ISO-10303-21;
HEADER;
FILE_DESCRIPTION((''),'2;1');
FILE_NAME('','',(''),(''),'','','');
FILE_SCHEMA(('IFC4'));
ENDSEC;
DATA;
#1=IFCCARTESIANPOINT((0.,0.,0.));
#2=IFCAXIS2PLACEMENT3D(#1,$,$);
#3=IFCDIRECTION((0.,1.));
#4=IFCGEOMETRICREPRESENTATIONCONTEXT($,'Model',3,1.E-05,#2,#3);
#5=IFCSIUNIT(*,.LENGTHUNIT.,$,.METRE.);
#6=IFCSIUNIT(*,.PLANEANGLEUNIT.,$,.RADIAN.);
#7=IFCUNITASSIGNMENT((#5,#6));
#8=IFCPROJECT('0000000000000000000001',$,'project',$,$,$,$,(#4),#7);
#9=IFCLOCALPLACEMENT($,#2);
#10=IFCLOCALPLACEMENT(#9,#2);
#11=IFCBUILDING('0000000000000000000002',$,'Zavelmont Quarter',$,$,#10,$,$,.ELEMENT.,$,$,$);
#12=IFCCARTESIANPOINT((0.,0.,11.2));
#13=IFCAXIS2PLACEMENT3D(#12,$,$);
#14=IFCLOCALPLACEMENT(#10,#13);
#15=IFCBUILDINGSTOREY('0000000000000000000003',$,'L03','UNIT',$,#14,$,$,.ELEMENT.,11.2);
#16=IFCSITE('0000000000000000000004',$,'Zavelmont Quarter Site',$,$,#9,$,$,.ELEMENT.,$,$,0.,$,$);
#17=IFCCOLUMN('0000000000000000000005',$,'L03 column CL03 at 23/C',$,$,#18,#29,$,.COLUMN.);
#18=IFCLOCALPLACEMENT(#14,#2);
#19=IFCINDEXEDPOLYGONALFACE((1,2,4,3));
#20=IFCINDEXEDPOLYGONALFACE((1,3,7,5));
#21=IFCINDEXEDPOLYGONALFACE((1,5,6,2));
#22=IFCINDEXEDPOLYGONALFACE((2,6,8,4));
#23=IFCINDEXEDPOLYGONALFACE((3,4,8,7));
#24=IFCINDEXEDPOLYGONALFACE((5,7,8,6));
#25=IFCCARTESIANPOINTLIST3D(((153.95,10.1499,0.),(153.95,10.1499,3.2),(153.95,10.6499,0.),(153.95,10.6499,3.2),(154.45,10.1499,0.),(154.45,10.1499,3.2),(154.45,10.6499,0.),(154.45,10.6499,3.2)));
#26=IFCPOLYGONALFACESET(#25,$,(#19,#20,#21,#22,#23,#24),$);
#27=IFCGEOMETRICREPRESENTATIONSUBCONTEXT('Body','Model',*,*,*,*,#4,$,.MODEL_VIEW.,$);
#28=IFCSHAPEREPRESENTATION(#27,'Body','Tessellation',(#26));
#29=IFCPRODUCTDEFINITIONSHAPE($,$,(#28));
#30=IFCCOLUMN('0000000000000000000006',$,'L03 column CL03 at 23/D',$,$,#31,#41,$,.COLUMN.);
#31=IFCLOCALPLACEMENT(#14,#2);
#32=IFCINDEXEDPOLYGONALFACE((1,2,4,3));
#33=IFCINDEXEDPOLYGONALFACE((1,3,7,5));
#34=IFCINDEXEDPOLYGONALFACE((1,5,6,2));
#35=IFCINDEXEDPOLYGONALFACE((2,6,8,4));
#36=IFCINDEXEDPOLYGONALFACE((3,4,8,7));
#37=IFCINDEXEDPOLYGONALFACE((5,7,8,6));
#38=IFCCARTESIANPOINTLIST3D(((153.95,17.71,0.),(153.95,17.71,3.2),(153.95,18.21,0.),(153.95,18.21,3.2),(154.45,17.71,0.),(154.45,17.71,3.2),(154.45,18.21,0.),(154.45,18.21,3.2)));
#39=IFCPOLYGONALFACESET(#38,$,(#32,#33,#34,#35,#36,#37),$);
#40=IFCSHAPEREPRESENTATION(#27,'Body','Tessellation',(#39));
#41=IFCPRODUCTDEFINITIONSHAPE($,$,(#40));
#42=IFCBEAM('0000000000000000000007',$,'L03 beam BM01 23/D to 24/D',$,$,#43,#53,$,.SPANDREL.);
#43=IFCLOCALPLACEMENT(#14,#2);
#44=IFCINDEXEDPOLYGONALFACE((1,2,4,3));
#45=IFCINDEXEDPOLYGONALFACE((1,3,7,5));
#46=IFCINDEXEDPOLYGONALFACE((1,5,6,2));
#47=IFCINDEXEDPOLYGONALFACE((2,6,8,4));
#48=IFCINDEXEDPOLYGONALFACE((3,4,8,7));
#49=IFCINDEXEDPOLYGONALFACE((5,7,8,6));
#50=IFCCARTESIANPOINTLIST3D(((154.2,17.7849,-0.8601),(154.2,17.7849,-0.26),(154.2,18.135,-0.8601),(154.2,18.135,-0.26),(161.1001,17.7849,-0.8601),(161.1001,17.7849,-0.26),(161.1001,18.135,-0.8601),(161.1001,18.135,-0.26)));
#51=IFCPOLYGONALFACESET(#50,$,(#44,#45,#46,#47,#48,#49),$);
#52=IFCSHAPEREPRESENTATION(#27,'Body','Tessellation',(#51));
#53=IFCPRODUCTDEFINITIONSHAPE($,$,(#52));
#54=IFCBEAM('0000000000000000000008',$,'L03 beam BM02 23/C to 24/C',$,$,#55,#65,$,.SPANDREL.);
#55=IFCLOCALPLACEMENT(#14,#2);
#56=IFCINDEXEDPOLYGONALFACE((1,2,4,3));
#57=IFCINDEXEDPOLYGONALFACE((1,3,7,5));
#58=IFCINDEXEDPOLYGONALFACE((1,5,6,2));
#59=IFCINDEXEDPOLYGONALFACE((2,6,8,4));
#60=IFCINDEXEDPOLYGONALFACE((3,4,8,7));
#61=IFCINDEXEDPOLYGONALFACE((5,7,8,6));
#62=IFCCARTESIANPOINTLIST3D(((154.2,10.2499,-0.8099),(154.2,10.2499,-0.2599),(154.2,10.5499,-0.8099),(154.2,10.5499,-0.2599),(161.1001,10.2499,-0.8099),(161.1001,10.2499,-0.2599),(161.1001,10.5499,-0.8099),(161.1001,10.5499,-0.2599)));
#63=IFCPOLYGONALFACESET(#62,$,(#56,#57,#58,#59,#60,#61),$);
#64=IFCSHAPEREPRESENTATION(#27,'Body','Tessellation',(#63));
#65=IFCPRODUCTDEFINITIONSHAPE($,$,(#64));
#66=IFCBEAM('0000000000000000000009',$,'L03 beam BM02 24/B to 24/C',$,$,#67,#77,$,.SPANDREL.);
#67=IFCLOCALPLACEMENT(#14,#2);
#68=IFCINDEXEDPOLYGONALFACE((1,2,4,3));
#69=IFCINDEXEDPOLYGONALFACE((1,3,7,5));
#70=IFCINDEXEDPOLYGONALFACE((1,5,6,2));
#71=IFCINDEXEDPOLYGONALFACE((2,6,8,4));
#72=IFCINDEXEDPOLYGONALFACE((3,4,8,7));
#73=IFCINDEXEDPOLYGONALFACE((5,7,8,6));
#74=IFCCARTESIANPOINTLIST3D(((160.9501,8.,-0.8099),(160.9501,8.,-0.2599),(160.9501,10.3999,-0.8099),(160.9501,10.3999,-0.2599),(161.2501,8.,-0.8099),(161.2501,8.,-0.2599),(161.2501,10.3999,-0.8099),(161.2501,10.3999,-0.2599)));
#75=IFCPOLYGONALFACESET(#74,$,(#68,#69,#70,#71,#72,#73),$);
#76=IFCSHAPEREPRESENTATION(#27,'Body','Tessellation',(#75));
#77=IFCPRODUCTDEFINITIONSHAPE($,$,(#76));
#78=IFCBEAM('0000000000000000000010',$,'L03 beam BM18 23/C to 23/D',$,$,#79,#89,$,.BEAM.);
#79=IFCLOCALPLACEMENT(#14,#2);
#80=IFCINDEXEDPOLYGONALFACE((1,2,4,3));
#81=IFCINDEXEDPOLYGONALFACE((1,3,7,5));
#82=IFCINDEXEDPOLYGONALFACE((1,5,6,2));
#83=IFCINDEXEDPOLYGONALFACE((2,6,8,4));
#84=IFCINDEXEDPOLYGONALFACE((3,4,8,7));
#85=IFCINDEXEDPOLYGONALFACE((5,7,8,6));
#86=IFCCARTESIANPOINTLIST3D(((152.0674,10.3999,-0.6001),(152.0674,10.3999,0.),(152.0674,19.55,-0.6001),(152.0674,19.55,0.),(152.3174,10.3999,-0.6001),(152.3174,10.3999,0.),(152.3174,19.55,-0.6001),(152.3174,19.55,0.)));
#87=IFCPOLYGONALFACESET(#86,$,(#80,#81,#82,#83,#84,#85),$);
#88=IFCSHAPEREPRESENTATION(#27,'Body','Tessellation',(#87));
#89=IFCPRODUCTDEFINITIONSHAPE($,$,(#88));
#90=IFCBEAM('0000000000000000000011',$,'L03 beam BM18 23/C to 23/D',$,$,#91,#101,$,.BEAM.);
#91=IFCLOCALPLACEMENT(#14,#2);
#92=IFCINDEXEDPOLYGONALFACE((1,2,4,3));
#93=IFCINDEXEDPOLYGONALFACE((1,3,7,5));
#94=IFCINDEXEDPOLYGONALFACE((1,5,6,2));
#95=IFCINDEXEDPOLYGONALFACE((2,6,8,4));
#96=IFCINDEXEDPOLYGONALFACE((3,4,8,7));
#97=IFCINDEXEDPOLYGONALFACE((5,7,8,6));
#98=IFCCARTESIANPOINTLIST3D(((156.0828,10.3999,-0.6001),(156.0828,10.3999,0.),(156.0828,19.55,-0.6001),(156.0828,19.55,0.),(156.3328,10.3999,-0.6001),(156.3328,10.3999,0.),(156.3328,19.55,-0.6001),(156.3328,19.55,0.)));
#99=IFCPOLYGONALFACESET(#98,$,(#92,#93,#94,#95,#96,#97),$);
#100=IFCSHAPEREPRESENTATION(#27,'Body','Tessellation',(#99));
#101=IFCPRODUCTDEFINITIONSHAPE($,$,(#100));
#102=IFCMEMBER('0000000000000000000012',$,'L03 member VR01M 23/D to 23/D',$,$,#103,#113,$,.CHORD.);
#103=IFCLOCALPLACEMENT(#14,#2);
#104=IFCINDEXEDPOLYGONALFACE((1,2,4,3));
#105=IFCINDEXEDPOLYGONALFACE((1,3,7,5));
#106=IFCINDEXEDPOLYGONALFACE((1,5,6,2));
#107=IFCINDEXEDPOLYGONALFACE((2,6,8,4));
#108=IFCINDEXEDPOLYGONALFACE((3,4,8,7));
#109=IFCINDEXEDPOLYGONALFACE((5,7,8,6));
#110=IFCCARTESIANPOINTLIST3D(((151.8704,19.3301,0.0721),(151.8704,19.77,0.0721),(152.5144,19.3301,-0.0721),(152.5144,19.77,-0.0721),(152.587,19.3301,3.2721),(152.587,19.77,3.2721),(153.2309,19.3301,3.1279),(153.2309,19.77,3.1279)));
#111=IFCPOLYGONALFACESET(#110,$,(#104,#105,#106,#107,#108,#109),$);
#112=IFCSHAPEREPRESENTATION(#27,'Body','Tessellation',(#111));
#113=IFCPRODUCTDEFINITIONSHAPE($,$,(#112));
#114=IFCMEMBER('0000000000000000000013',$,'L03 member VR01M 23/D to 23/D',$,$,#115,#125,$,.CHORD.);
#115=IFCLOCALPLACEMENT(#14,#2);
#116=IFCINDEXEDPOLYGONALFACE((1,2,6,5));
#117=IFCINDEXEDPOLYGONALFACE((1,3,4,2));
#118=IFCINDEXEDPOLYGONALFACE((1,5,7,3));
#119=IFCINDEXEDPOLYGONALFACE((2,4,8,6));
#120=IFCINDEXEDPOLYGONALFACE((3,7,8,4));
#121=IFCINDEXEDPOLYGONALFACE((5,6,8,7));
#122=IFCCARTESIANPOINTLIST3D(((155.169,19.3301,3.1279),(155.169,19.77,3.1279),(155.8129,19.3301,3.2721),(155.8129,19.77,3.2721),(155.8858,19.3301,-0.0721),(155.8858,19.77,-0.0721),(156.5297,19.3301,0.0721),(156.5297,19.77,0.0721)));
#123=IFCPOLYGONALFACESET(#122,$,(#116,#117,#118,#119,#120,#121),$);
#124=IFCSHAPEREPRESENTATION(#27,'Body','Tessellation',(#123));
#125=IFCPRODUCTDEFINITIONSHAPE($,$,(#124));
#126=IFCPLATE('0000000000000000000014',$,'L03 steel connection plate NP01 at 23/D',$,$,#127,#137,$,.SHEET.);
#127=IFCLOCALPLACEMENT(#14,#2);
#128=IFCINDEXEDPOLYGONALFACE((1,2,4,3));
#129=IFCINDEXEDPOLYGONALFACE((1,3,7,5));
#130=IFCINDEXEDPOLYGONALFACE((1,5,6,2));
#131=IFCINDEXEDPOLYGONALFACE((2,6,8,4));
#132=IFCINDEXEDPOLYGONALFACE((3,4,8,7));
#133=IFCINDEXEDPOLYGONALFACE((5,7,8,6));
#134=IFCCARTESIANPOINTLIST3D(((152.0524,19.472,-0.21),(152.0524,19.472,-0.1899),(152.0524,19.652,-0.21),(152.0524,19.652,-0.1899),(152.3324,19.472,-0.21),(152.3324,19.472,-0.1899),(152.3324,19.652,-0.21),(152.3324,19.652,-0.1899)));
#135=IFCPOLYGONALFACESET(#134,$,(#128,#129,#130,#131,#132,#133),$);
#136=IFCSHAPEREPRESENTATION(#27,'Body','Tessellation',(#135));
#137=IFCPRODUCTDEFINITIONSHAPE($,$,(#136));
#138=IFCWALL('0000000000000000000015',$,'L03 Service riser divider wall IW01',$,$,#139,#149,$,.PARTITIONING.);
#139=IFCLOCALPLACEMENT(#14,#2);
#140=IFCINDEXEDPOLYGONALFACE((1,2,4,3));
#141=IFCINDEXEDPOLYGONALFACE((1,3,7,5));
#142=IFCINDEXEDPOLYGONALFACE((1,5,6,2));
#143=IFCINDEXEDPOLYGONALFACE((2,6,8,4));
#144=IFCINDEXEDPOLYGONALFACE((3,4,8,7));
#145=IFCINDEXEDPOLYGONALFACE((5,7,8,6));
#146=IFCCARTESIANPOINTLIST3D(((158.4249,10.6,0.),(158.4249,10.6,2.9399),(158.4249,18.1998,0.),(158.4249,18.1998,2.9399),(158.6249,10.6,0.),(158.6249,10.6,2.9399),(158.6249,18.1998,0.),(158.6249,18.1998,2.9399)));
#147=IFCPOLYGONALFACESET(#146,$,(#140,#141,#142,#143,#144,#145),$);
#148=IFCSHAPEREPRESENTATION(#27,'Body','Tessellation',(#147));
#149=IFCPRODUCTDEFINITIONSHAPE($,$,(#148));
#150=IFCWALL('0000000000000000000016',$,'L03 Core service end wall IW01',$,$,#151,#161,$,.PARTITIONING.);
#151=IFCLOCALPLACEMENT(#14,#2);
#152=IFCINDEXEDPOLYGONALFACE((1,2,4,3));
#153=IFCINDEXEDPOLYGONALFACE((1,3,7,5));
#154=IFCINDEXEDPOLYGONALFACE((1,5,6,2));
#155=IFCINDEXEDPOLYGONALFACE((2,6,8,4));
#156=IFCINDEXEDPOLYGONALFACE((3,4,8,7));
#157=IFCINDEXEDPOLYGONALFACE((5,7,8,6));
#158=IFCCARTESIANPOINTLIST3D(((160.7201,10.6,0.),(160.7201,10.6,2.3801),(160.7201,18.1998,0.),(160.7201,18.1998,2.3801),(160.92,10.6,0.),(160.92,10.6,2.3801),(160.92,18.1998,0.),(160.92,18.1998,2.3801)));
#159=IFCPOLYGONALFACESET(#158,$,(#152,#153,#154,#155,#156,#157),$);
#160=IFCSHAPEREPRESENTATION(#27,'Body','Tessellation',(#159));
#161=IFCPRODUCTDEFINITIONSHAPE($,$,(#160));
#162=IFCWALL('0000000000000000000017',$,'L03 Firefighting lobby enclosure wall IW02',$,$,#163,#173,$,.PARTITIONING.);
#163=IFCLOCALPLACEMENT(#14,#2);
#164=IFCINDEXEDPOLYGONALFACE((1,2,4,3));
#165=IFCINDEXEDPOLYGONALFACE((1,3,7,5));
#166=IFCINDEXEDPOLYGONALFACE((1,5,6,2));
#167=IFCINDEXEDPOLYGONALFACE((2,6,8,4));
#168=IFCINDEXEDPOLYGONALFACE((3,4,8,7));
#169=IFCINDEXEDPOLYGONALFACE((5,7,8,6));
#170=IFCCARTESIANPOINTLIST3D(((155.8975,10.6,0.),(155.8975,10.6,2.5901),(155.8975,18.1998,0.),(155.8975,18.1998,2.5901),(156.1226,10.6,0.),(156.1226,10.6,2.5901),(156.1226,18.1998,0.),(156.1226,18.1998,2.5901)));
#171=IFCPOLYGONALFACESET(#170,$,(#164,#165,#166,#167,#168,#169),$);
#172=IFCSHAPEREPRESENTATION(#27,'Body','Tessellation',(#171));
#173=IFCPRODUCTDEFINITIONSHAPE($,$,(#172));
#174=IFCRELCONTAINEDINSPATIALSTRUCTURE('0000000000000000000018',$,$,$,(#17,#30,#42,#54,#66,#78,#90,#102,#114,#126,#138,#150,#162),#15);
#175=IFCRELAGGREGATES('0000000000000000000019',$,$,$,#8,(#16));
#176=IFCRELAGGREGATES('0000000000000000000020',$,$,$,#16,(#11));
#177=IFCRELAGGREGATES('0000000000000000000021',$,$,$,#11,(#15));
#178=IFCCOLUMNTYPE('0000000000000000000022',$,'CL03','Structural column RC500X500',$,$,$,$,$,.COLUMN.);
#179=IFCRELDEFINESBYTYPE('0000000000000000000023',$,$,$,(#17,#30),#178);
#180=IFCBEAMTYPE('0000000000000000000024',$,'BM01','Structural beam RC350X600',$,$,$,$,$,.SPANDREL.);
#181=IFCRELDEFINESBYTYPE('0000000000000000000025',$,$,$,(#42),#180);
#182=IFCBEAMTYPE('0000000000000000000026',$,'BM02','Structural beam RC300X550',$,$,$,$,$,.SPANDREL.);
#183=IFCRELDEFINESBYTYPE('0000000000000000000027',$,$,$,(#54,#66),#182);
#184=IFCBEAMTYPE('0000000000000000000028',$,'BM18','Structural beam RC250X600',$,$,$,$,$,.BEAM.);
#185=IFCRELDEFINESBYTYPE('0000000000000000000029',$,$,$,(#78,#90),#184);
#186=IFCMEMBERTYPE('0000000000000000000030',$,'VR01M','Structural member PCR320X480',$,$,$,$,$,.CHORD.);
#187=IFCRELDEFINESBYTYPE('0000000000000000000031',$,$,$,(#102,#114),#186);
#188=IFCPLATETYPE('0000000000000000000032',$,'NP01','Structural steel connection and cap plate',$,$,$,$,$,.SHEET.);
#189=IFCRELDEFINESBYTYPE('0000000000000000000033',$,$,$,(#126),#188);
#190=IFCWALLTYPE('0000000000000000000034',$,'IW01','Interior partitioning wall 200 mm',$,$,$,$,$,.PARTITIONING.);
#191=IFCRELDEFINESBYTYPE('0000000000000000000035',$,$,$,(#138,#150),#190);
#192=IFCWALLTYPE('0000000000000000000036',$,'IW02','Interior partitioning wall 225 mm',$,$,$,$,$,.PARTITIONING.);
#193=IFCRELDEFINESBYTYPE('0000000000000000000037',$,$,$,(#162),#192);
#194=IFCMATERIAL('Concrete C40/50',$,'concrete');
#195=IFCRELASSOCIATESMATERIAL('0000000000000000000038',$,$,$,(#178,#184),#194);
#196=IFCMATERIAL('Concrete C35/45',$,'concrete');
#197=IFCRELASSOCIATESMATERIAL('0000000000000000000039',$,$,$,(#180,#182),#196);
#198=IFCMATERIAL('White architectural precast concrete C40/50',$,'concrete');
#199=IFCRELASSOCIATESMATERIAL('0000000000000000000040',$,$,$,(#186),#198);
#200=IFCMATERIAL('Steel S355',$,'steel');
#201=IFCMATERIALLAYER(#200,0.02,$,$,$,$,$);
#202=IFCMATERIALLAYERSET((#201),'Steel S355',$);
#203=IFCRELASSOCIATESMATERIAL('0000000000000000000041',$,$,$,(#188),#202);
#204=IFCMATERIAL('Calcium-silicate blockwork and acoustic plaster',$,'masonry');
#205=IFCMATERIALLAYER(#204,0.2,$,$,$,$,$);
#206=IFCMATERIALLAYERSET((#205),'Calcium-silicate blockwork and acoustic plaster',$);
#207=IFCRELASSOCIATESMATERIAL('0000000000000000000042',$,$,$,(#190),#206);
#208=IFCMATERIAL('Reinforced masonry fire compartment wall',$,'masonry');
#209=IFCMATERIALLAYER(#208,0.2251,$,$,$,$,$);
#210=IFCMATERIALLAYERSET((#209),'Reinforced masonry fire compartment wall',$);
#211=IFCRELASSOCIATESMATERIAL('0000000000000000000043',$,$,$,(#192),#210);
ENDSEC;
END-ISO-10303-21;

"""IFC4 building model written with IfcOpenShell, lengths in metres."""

from ifc_helpers import new_model, si_unit, direction, frame, frame_2d, origin, origin_2d, place, context, subcontext, project, spatial, rectangle, extrude, material, layer, layer_set, material_profile, profile_set, type_object, element, save


model = new_model("IFC4")

# Units and contexts
model_context = context("Model", 3, precision=1e-05, world=origin(), true_north=direction((0.0, 1.0)))
body_context = subcontext(model_context, "Body", "Model", "MODEL_VIEW")
ifc_project = project(units=[si_unit("LENGTHUNIT", "METRE"), si_unit("PLANEANGLEUNIT", "RADIAN")], contexts=[model_context])

# Site, building, storey
site_placement = place(None, origin())
site = spatial("IfcSite", under=ifc_project, at=site_placement, Name="Zavelmont Quarter Site", CompositionType="ELEMENT", RefElevation=0.0)
building_placement = place(site_placement, origin())
building = spatial("IfcBuilding", under=site, at=building_placement, Name="Zavelmont Quarter", CompositionType="ELEMENT")
storey_placement = place(building_placement, frame((0.0, 0.0, 11.2)))
storey = spatial("IfcBuildingStorey", under=building, at=storey_placement, Name="L03", Description="UNIT", CompositionType="ELEMENT", Elevation=11.2)

# Columns
ifc_material_1 = material(Name="Concrete C40/50", Category="concrete")
ifc_material_profile_1 = material_profile(ifc_material_1, rectangle(XDim=0.5, YDim=0.5, at=origin_2d()), Name="RC500X500")
ifc_profile_set_1 = profile_set([ifc_material_profile_1], Name="Concrete C40/50")
column_type = type_object("IfcColumnType", Name="CL03", Description="Structural column RC500X500", PredefinedType="COLUMN", material=ifc_profile_set_1)
for number, where, z_axis, x_axis, name in (
    (1, (154.2, 10.3999, 0.0), (0.0, 0.0, 1.0), (1.0, 0.0, 0.0), "L03 column CL03 at 23/C"),
    (2, (154.2, 17.96, 0.0), (0.0, 0.0, 1.0), (1.0, 0.0, 0.0), "L03 column CL03 at 23/D"),
):
    element("IfcColumn", number, at=place(storey_placement, frame(where, z_axis=z_axis, x_axis=x_axis)), inside=storey, type_object=column_type, Name=name, PredefinedType="COLUMN", context=body_context, shape_type="SweptSolid", body=[
        extrude(rectangle(XDim=0.5, YDim=0.5, at=origin_2d()), origin(), (0.0, 0.0, 1.0), 3.2),
    ])

# Beams
ifc_material_2 = material(Name="Concrete C35/45", Category="concrete")
ifc_material_profile_2 = material_profile(ifc_material_2, rectangle(XDim=0.3501, YDim=0.6001, at=origin_2d()), Name="RC350X600")
ifc_profile_set_2 = profile_set([ifc_material_profile_2], Name="Concrete C35/45")
beam_type_1 = type_object("IfcBeamType", Name="BM01", Description="Structural beam RC350X600", PredefinedType="SPANDREL", material=ifc_profile_set_2)
beam_1_placement = place(storey_placement, frame((154.2, 17.96, -0.5601), z_axis=(1.0, 0.0, 0.0), x_axis=(0.0, 1.0, 0.0)))
element("IfcBeam", 3, at=beam_1_placement, inside=storey, type_object=beam_type_1, Name="L03 beam BM01 23/D to 24/D", PredefinedType="SPANDREL", context=body_context, shape_type="SweptSolid", body=[
    extrude(rectangle(XDim=0.3501, YDim=0.6001, at=origin_2d()), origin(), (0.0, 0.0, 1.0), 6.9001),
])
ifc_material_profile_3 = material_profile(ifc_material_2, rectangle(XDim=0.3, YDim=0.55, at=origin_2d()), Name="RC300X550")
ifc_profile_set_3 = profile_set([ifc_material_profile_3], Name="Concrete C35/45")
beam_type_2 = type_object("IfcBeamType", Name="BM02", Description="Structural beam RC300X550", PredefinedType="SPANDREL", material=ifc_profile_set_3)
beam_2_placement = place(storey_placement, frame((154.2, 10.3999, -0.5349), z_axis=(1.0, 0.0, 0.0), x_axis=(0.0, 1.0, 0.0)))
element("IfcBeam", 4, at=beam_2_placement, inside=storey, type_object=beam_type_2, Name="L03 beam BM02 23/C to 24/C", PredefinedType="SPANDREL", context=body_context, shape_type="SweptSolid", body=[
    extrude(rectangle(XDim=0.3, YDim=0.55, at=origin_2d()), origin(), (0.0, 0.0, 1.0), 6.9001),
])
beam_3_placement = place(storey_placement, frame((161.1001, 8.0, -0.5349), z_axis=(0.0, 1.0, 0.0), x_axis=(-1.0, 0.0, 0.0)))
element("IfcBeam", 5, at=beam_3_placement, inside=storey, type_object=beam_type_2, Name="L03 beam BM02 24/B to 24/C", PredefinedType="SPANDREL", context=body_context, shape_type="SweptSolid", body=[
    extrude(rectangle(XDim=0.3, YDim=0.55, at=origin_2d()), origin(), (0.0, 0.0, 1.0), 2.3999),
])
ifc_material_profile_4 = material_profile(ifc_material_1, rectangle(XDim=0.25, YDim=0.6001, at=origin_2d()), Name="RC250X600")
ifc_profile_set_4 = profile_set([ifc_material_profile_4], Name="Concrete C40/50")
beam_type_3 = type_object("IfcBeamType", Name="BM18", Description="Structural beam RC250X600", PredefinedType="BEAM", material=ifc_profile_set_4)
for number, where, z_axis, x_axis, name in (
    (6, (152.1924, 10.3999, -0.3), (0.0, 1.0, 0.0), (-1.0, 0.0, 0.0), "L03 beam BM18 23/C to 23/D"),
    (7, (156.2078, 10.3999, -0.3), (0.0, 1.0, 0.0), (-1.0, 0.0, 0.0), "L03 beam BM18 23/C to 23/D"),
):
    element("IfcBeam", number, at=place(storey_placement, frame(where, z_axis=z_axis, x_axis=x_axis)), inside=storey, type_object=beam_type_3, Name=name, PredefinedType="BEAM", context=body_context, shape_type="SweptSolid", body=[
        extrude(rectangle(XDim=0.25, YDim=0.6001, at=origin_2d()), origin(), (0.0, 0.0, 1.0), 9.1501),
    ])

# Members
ifc_material_3 = material(Name="White architectural precast concrete C40/50", Category="concrete")
ifc_material_profile_5 = material_profile(ifc_material_3, rectangle(XDim=0.4399, YDim=0.6599, at=origin_2d()), Name="PCR320X480")
ifc_profile_set_5 = profile_set([ifc_material_profile_5], Name="White architectural precast concrete C40/50")
member_type = type_object("IfcMemberType", Name="VR01M", Description="Structural member PCR320X480", PredefinedType="CHORD", material=ifc_profile_set_5)
for number, where, z_axis, x_axis, name in (
    (8, (152.1924, 19.55, 0.0), (0.218515, 0.0, 0.975834), (0.0, 1.0, 0.0), "L03 member VR01M 23/D to 23/D"),
    (9, (156.2078, 19.55, 0.0), (-0.218586, 0.0, 0.975818), (0.0, -1.0, 0.0), "L03 member VR01M 23/D to 23/D"),
):
    element("IfcMember", number, at=place(storey_placement, frame(where, z_axis=z_axis, x_axis=x_axis)), inside=storey, type_object=member_type, Name=name, PredefinedType="CHORD", context=body_context, shape_type="SweptSolid", body=[
        extrude(rectangle(XDim=0.4399, YDim=0.6599, at=origin_2d()), origin(), (0.0, 0.0, 1.0), 3.2793),
    ])

# Plate
ifc_material_4 = material(Name="Steel S355", Category="steel")
ifc_layer_1 = layer(ifc_material_4, 0.02)
ifc_layer_set_1 = layer_set([ifc_layer_1], Name="Steel S355")
plate_type = type_object("IfcPlateType", Name="NP01", Description="Structural steel connection and cap plate", PredefinedType="SHEET", material=ifc_layer_set_1)
plate_placement = place(storey_placement, frame((152.1924, 19.562, -0.21), z_axis=(0.0, 0.0, 1.0), x_axis=(1.0, 0.0, 0.0)))
element("IfcPlate", 10, at=plate_placement, inside=storey, type_object=plate_type, Name="L03 steel connection plate NP01 at 23/D", PredefinedType="SHEET", context=body_context, shape_type="SweptSolid", body=[
    extrude(rectangle(XDim=0.28, YDim=0.1799, at=origin_2d()), origin(), (0.0, 0.0, 1.0), 0.02),
])

# Walls
ifc_material_5 = material(Name="Calcium-silicate blockwork and acoustic plaster", Category="masonry")
ifc_layer_2 = layer(ifc_material_5, 0.2)
ifc_layer_set_2 = layer_set([ifc_layer_2], Name="Calcium-silicate blockwork and acoustic plaster")
wall_type_1 = type_object("IfcWallType", Name="IW01", Description="Interior partitioning wall 200 mm", PredefinedType="PARTITIONING", material=ifc_layer_set_2)
wall_1_placement = place(storey_placement, frame((158.5249, 10.6001, 0.0), z_axis=(0.0, 0.0, 1.0), x_axis=(0.0, 1.0, 0.0)))
element("IfcWall", 11, at=wall_1_placement, inside=storey, type_object=wall_type_1, Name="L03 Service riser divider wall IW01", PredefinedType="PARTITIONING", context=body_context, shape_type="SweptSolid", body=[
    extrude(rectangle(XDim=7.5999, YDim=0.2, at=frame_2d((3.7998, 0.0))), origin(), (0.0, 0.0, 1.0), 2.9399),
])
wall_2_placement = place(storey_placement, frame((160.8201, 10.6001, 0.0), z_axis=(0.0, 0.0, 1.0), x_axis=(0.0, 1.0, 0.0)))
element("IfcWall", 12, at=wall_2_placement, inside=storey, type_object=wall_type_1, Name="L03 Core service end wall IW01", PredefinedType="PARTITIONING", context=body_context, shape_type="SweptSolid", body=[
    extrude(rectangle(XDim=7.5999, YDim=0.2, at=frame_2d((3.7998, 0.0))), origin(), (0.0, 0.0, 1.0), 2.3801),
])
ifc_material_6 = material(Name="Reinforced masonry fire compartment wall", Category="masonry")
ifc_layer_3 = layer(ifc_material_6, 0.2251)
ifc_layer_set_3 = layer_set([ifc_layer_3], Name="Reinforced masonry fire compartment wall")
wall_type_2 = type_object("IfcWallType", Name="IW02", Description="Interior partitioning wall 225 mm", PredefinedType="PARTITIONING", material=ifc_layer_set_3)
wall_3_placement = place(storey_placement, frame((156.01, 10.6001, 0.0), z_axis=(0.0, 0.0, 1.0), x_axis=(0.0, 1.0, 0.0)))
element("IfcWall", 13, at=wall_3_placement, inside=storey, type_object=wall_type_2, Name="L03 Firefighting lobby enclosure wall IW02", PredefinedType="PARTITIONING", context=body_context, shape_type="SweptSolid", body=[
    extrude(rectangle(XDim=7.5999, YDim=0.2251, at=frame_2d((3.7998, 0.0))), origin(), (0.0, 0.0, 1.0), 2.5901),
])

save(model, "model.ifc")
